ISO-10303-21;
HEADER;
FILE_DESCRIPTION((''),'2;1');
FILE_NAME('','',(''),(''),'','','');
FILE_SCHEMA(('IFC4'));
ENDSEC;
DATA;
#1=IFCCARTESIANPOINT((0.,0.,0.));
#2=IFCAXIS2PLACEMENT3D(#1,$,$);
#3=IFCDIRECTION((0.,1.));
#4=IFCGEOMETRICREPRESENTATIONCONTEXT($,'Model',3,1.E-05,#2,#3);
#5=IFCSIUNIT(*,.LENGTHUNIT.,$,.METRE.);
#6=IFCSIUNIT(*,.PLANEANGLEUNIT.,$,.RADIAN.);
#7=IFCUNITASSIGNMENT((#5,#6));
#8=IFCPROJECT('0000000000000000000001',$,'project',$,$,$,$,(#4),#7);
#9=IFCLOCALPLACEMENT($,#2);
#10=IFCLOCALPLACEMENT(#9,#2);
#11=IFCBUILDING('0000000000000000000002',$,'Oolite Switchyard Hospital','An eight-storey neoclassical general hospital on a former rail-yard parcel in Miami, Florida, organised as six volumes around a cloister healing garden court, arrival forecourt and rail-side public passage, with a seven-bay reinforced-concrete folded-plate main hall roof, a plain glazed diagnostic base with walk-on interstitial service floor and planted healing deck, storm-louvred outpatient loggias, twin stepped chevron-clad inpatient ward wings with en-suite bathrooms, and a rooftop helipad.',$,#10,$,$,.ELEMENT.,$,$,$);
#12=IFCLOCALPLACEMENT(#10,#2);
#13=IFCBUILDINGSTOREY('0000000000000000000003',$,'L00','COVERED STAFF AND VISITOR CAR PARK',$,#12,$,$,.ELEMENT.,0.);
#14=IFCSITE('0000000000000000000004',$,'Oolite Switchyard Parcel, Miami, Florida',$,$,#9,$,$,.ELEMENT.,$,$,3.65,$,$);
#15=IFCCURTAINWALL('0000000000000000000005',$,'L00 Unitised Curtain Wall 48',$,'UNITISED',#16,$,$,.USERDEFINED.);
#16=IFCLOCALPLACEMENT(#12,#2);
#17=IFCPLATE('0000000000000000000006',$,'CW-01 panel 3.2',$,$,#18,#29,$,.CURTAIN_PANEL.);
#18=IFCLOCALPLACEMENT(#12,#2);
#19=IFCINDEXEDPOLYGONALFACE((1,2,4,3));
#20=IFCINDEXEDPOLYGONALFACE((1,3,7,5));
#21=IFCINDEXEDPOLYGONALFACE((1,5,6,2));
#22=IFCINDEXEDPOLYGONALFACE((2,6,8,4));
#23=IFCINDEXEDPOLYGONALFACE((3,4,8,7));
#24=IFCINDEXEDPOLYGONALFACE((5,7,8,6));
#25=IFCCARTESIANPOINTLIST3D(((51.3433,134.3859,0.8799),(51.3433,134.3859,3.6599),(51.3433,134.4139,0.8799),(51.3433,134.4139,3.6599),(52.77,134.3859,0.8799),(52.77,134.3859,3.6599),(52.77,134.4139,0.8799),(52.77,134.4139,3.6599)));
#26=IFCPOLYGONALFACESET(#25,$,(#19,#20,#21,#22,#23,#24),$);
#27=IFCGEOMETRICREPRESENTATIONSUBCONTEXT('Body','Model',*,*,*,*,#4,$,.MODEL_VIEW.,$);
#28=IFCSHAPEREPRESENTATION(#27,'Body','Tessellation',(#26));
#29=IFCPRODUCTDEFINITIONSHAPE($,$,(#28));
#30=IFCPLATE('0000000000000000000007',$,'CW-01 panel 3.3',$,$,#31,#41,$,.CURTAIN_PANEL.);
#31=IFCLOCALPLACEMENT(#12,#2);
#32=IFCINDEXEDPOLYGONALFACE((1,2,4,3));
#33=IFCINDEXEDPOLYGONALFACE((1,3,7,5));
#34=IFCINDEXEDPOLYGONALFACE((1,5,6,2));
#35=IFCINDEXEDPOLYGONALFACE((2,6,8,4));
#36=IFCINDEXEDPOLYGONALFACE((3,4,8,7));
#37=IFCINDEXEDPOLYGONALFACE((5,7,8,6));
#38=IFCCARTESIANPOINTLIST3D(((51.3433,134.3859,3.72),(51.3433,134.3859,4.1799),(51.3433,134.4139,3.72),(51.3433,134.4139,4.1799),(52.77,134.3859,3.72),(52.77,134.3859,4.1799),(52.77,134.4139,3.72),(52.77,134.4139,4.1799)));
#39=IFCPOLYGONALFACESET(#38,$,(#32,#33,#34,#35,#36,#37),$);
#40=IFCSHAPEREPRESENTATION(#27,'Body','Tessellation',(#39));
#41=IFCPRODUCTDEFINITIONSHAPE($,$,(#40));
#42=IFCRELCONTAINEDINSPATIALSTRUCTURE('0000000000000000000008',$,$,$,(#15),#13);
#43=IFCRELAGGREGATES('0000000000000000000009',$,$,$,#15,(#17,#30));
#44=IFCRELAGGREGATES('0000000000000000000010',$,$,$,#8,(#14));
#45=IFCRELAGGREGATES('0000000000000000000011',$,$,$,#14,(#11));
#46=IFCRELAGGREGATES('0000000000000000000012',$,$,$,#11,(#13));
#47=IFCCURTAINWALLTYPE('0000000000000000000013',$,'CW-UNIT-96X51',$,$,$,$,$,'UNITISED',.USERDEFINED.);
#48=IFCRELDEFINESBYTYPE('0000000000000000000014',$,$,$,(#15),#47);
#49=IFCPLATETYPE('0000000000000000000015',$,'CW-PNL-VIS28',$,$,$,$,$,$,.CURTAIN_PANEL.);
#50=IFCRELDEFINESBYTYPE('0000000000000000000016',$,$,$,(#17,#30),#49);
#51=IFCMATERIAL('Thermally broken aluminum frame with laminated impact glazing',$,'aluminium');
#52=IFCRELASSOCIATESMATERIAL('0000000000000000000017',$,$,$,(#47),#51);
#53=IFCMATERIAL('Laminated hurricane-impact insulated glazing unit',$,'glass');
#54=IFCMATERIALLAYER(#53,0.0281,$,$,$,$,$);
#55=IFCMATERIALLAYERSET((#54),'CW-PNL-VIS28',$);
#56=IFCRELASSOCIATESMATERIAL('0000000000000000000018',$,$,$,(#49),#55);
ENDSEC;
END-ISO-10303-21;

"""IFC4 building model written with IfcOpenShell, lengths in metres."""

from ifc_helpers import new_model, si_unit, direction, frame, origin, origin_2d, place, context, subcontext, project, spatial, rectangle, extrude, material, layer, layer_set, type_object, element, aggregate, save


model = new_model("IFC4")

# Units and contexts
model_context = context("Model", 3, precision=1e-05, world=origin(), true_north=direction((0.0, 1.0)))
body_context = subcontext(model_context, "Body", "Model", "MODEL_VIEW")
ifc_project = project(units=[si_unit("LENGTHUNIT", "METRE"), si_unit("PLANEANGLEUNIT", "RADIAN")], contexts=[model_context])

# Site, building, storey
site_placement = place(None, origin())
site = spatial("IfcSite", under=ifc_project, at=site_placement, Name="Oolite Switchyard Parcel, Miami, Florida", CompositionType="ELEMENT", RefElevation=3.65)
building_placement = place(site_placement, origin())
building = spatial("IfcBuilding", under=site, at=building_placement, Name="Oolite Switchyard Hospital", Description="An eight-storey neoclassical general hospital on a former rail-yard parcel in Miami, Florida, organised as six volumes around a cloister healing garden court, arrival forecourt and rail-side public passage, with a seven-bay reinforced-concrete folded-plate main hall roof, a plain glazed diagnostic base with walk-on interstitial service floor and planted healing deck, storm-louvred outpatient loggias, twin stepped chevron-clad inpatient ward wings with en-suite bathrooms, and a rooftop helipad.", CompositionType="ELEMENT")
storey_placement = place(building_placement, origin())
storey = spatial("IfcBuildingStorey", under=building, at=storey_placement, Name="L00", Description="COVERED STAFF AND VISITOR CAR PARK", CompositionType="ELEMENT", Elevation=0.0)

# Curtain wall, plates
ifc_material_1 = material(Name="Thermally broken aluminum frame with laminated impact glazing", Category="aluminium")
curtain_wall_type = type_object("IfcCurtainWallType", Name="CW-UNIT-96X51", ElementType="UNITISED", PredefinedType="USERDEFINED", material=ifc_material_1)
curtain_wall_placement = place(storey_placement, origin())
curtain_wall = element("IfcCurtainWall", 1, at=curtain_wall_placement, inside=storey, type_object=curtain_wall_type, Name="L00 Unitised Curtain Wall 48", ObjectType="UNITISED", PredefinedType="USERDEFINED")
ifc_material_2 = material(Name="Laminated hurricane-impact insulated glazing unit", Category="glass")
ifc_layer = layer(ifc_material_2, 0.0281)
ifc_layer_set = layer_set([ifc_layer], Name="CW-PNL-VIS28")
plate_type = type_object("IfcPlateType", Name="CW-PNL-VIS28", PredefinedType="CURTAIN_PANEL", material=ifc_layer_set)
plate_1_placement = place(storey_placement, frame((52.0566, 134.3999, 0.8799), z_axis=(0.0, 0.0, 1.0), x_axis=(1.0, 0.0, 0.0)))
plate_1 = element("IfcPlate", 2, at=plate_1_placement, type_object=plate_type, Name="CW-01 panel 3.2", PredefinedType="CURTAIN_PANEL", context=body_context, shape_type="SweptSolid", body=[
    extrude(rectangle(XDim=1.4268, YDim=0.0281, at=origin_2d()), origin(), (0.0, 0.0, 1.0), 2.78),
])
plate_2_placement = place(storey_placement, frame((52.0566, 134.3999, 3.72), z_axis=(0.0, 0.0, 1.0), x_axis=(1.0, 0.0, 0.0)))
plate_2 = element("IfcPlate", 3, at=plate_2_placement, type_object=plate_type, Name="CW-01 panel 3.3", PredefinedType="CURTAIN_PANEL", context=body_context, shape_type="SweptSolid", body=[
    extrude(rectangle(XDim=1.4268, YDim=0.0281, at=origin_2d()), origin(), (0.0, 0.0, 1.0), 0.46),
])
aggregate(curtain_wall, [plate_1, plate_2])

save(model, "model.ifc")
